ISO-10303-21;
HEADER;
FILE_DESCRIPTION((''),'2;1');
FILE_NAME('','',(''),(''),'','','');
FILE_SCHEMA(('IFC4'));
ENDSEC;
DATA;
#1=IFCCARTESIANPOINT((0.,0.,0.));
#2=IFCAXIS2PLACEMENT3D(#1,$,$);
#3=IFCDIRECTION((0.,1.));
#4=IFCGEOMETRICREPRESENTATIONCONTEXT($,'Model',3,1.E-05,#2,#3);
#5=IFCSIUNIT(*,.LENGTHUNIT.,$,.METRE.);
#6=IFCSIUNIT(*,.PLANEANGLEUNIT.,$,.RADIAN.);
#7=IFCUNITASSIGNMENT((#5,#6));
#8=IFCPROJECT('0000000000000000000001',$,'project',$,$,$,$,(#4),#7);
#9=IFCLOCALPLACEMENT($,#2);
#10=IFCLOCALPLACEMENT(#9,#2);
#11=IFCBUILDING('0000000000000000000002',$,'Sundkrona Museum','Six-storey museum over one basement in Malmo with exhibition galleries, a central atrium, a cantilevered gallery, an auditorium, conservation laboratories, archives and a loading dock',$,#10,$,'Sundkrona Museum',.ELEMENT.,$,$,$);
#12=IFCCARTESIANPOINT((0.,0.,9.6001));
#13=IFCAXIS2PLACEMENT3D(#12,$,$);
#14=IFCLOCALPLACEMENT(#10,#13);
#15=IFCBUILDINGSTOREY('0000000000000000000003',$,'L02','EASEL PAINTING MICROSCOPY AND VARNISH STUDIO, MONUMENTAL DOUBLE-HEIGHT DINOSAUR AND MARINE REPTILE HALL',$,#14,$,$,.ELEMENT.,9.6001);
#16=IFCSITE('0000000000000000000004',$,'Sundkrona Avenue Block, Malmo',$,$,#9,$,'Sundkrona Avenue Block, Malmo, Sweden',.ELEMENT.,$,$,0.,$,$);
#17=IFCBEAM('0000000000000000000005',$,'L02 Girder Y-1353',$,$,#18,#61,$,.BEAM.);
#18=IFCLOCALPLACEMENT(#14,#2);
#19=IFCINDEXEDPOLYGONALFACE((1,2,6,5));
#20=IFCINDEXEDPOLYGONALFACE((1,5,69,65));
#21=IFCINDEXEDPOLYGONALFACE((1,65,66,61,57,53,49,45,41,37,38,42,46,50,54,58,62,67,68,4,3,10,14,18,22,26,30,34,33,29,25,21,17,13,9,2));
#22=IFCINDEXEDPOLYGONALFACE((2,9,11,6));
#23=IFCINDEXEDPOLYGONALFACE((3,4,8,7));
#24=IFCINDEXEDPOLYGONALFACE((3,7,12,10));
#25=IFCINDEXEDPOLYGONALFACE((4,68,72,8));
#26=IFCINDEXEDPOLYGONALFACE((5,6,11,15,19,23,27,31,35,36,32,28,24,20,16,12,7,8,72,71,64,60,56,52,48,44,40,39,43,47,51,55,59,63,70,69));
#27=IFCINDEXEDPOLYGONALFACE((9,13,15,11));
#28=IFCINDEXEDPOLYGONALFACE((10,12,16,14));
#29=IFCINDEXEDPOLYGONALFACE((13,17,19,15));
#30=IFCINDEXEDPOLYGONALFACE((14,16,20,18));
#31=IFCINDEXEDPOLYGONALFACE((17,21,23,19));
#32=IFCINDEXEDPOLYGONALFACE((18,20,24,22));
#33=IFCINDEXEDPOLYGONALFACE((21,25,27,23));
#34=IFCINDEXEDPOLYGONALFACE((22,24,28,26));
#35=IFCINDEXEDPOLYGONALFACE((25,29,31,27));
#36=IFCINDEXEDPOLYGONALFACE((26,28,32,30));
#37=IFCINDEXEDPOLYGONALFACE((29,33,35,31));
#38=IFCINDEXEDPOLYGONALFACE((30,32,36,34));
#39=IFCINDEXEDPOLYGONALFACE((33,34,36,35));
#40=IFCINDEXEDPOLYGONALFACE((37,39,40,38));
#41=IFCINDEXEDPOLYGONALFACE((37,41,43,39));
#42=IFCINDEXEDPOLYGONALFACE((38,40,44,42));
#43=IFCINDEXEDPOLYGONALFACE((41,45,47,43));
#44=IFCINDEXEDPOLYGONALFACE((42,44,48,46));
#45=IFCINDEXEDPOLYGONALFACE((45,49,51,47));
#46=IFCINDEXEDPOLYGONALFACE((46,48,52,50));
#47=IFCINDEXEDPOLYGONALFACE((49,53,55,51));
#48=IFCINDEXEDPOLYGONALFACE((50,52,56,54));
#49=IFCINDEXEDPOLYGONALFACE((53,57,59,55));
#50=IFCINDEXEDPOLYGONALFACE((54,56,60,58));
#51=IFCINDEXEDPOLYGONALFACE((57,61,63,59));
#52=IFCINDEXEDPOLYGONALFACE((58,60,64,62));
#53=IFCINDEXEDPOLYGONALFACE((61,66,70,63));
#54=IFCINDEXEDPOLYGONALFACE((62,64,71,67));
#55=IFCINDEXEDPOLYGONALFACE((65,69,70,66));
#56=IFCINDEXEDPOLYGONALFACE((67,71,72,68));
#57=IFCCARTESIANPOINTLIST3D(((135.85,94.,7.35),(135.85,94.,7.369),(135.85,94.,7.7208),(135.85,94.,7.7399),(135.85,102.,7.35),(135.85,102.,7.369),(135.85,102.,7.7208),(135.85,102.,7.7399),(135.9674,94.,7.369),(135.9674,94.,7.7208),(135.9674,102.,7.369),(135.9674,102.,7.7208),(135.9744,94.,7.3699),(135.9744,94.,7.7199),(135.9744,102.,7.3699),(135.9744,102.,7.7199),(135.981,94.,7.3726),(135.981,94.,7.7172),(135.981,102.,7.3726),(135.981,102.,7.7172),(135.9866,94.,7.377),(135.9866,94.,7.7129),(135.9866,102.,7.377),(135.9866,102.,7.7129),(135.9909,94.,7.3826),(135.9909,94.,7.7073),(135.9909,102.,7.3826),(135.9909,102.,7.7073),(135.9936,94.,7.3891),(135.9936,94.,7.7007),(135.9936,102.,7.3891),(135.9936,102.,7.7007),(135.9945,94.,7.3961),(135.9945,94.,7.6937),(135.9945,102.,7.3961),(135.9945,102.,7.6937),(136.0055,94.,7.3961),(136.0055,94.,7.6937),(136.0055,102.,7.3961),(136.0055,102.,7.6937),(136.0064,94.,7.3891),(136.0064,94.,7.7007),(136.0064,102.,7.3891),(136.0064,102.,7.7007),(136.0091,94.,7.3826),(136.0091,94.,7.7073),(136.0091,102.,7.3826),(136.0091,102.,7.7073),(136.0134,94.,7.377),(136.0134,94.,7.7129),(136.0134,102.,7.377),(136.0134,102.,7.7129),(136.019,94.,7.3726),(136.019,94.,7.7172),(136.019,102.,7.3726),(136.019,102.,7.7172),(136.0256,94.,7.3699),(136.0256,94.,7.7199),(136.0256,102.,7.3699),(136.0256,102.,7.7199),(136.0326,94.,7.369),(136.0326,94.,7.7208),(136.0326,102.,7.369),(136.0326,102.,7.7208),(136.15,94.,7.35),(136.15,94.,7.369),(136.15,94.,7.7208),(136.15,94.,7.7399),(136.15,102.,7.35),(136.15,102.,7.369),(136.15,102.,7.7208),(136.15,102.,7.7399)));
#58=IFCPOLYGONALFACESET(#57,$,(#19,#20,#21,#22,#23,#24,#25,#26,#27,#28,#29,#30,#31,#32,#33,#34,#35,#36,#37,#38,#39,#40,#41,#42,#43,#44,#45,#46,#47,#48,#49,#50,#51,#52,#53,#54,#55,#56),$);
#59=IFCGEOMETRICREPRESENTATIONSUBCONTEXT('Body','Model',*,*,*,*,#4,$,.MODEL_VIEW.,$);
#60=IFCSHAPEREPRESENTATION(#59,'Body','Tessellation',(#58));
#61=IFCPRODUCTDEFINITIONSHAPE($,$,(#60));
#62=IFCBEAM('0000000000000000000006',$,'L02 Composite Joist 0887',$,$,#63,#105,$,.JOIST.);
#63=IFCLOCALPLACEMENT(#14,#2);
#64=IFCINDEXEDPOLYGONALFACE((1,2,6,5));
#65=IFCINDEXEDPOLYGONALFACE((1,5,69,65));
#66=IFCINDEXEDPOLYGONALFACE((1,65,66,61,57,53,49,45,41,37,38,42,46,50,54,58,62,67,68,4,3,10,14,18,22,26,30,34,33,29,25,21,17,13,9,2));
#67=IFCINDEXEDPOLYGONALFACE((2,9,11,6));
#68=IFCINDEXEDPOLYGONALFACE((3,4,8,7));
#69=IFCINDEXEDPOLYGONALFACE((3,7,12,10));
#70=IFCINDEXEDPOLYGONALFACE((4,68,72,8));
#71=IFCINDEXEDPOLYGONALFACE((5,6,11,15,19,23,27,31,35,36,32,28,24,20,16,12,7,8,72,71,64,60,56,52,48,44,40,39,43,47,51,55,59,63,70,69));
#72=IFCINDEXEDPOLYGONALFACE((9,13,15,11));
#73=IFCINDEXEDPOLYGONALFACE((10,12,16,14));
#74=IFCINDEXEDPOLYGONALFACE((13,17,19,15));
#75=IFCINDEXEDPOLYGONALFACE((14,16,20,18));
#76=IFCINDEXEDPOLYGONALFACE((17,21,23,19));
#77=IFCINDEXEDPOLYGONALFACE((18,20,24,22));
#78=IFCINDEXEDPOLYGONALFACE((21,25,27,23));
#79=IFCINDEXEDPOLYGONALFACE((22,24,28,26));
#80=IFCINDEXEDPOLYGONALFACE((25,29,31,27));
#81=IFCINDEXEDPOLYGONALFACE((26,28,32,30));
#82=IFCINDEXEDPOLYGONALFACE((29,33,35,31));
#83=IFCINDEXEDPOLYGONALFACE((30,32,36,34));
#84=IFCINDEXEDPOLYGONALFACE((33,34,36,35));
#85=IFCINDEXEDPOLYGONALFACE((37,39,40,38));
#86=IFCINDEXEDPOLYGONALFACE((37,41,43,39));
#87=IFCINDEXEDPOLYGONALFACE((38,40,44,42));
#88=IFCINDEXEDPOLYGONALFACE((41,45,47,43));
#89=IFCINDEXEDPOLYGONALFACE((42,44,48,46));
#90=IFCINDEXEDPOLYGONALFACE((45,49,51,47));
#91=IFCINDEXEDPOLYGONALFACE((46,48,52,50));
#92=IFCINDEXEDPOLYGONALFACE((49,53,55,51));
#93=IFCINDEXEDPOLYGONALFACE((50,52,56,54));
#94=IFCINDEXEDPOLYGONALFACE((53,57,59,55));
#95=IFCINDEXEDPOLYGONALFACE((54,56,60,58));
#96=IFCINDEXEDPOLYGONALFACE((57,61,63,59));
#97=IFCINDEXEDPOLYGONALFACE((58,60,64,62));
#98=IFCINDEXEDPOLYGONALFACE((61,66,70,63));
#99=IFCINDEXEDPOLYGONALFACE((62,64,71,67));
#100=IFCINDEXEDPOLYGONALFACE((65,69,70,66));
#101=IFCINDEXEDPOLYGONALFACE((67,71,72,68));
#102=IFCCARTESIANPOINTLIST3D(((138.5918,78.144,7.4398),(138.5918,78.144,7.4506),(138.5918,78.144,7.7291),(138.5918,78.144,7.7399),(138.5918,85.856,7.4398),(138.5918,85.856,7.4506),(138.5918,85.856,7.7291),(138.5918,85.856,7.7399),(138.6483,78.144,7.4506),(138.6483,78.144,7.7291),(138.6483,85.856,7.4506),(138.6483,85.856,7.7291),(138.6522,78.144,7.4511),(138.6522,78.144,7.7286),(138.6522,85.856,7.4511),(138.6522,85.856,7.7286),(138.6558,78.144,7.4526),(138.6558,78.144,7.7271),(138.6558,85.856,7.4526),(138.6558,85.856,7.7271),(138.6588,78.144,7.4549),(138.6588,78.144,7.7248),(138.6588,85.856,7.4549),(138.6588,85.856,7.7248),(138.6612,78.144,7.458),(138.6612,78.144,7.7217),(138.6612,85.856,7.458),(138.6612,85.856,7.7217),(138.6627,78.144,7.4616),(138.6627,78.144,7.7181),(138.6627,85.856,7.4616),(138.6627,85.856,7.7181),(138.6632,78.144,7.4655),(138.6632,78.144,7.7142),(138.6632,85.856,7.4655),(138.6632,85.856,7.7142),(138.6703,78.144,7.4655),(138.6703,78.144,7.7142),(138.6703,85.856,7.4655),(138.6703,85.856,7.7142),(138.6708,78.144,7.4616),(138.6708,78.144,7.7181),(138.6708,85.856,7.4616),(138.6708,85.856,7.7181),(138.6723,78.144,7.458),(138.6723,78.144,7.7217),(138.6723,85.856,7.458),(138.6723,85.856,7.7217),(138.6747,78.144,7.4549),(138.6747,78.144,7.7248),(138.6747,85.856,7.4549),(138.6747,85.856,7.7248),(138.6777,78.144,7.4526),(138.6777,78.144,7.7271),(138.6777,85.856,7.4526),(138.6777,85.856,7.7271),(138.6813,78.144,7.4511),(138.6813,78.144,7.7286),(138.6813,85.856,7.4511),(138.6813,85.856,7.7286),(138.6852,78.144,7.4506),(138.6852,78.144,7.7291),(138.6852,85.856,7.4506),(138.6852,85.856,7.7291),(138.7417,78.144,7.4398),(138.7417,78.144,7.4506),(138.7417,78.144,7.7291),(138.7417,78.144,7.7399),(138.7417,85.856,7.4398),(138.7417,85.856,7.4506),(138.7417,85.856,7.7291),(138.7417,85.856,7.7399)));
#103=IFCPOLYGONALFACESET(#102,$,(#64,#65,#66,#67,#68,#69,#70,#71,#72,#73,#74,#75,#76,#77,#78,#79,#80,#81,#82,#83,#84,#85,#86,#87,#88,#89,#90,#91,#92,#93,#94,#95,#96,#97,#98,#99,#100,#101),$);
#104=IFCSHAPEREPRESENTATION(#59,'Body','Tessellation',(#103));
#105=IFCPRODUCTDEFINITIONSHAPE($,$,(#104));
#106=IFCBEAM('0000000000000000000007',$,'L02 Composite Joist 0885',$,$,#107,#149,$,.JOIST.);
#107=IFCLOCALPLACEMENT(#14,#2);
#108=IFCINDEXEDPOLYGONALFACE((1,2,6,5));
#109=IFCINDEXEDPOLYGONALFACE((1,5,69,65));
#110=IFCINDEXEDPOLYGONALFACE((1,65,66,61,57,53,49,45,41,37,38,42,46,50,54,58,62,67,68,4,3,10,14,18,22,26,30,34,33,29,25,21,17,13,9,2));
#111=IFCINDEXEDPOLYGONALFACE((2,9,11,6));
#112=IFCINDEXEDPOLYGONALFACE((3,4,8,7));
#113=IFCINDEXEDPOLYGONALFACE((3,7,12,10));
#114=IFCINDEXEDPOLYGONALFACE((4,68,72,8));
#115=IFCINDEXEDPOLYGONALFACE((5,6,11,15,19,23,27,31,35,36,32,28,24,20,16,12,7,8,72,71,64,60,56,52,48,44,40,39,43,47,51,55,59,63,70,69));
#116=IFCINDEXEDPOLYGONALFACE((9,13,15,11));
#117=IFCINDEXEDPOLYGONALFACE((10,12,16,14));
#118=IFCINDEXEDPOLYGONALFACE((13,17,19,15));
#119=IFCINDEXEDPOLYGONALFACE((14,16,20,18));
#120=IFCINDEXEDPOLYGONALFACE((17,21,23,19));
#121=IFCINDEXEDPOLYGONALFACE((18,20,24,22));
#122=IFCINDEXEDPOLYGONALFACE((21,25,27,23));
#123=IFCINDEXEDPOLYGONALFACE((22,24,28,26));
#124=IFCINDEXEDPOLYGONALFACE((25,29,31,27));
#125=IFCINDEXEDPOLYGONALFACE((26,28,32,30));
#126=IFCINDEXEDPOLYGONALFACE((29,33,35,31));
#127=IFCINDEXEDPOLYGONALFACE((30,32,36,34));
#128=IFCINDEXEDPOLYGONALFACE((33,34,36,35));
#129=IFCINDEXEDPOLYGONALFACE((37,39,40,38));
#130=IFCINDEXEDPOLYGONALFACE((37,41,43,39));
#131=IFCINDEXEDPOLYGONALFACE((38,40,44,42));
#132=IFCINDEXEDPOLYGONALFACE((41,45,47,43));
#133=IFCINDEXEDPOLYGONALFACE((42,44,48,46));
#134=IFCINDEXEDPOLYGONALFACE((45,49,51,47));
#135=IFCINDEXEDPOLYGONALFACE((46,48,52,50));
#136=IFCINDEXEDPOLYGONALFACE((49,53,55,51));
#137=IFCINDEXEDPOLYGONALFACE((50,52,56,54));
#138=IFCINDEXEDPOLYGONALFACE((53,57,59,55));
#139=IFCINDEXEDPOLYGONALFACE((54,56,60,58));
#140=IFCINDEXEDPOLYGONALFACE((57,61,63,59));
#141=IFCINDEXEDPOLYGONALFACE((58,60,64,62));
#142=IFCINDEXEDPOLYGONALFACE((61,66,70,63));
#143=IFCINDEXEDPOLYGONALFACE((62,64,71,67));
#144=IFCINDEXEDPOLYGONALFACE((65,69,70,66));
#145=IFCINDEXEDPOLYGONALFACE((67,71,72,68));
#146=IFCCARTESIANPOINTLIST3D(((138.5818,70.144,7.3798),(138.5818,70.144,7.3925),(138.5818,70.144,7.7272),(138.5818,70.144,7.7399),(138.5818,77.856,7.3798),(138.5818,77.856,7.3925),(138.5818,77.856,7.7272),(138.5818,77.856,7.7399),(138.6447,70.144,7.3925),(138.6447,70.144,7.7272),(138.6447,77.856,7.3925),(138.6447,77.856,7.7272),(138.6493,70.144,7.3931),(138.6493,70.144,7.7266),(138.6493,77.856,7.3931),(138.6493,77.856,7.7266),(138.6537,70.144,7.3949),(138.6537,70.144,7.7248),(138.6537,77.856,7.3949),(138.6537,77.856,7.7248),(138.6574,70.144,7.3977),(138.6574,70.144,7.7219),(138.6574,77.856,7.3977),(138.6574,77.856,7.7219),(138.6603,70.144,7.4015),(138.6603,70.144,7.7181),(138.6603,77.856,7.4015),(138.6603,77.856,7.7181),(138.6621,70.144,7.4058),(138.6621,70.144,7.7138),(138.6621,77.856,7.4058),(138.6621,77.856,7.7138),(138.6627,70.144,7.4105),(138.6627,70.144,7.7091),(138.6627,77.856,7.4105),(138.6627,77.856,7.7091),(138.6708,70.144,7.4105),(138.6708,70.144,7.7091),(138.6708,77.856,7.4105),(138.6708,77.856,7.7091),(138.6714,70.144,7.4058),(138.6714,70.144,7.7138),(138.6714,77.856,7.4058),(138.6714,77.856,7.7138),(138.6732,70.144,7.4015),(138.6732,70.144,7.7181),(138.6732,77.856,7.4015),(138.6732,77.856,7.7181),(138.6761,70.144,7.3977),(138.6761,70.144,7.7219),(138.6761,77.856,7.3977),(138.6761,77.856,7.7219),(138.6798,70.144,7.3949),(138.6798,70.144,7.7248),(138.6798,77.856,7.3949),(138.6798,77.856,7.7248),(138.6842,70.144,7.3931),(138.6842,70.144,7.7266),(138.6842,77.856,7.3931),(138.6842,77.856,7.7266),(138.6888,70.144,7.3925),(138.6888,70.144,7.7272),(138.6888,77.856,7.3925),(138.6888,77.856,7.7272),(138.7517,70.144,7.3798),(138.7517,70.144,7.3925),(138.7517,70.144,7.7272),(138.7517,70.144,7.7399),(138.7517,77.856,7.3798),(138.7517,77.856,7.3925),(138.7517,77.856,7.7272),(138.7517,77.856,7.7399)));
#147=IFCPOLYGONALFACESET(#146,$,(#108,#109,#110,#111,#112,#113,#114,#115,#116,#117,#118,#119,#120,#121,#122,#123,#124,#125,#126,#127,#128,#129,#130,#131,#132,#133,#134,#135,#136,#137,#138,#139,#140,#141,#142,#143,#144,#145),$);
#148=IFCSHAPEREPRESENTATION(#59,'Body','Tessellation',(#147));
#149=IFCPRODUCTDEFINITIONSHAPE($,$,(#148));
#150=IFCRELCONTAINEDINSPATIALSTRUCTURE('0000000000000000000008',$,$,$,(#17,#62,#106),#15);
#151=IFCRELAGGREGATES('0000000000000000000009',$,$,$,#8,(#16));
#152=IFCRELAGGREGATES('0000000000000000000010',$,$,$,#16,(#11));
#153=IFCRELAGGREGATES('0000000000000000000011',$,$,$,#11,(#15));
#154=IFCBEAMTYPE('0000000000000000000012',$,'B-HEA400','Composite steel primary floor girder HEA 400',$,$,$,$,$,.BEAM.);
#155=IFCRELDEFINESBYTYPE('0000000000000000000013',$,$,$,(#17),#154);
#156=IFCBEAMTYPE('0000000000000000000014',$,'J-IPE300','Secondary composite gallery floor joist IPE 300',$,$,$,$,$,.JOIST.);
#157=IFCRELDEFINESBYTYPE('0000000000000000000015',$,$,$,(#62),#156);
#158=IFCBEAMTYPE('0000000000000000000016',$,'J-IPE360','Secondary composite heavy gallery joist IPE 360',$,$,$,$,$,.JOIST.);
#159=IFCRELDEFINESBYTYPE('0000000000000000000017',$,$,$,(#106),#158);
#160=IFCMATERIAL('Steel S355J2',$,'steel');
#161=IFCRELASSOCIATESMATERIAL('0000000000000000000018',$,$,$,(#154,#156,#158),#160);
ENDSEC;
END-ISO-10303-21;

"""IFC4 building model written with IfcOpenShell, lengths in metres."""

from ifc_helpers import new_model, si_unit, direction, frame, origin, origin_2d, place, context, subcontext, project, spatial, i_section, extrude, material, material_profile, profile_set, type_object, element, save


model = new_model("IFC4")

# Units and contexts
model_context = context("Model", 3, precision=1e-05, world=origin(), true_north=direction((0.0, 1.0)))
body_context = subcontext(model_context, "Body", "Model", "MODEL_VIEW")
ifc_project = project(units=[si_unit("LENGTHUNIT", "METRE"), si_unit("PLANEANGLEUNIT", "RADIAN")], contexts=[model_context])

# Site, building, storey
site_placement = place(None, origin())
site = spatial("IfcSite", under=ifc_project, at=site_placement, Name="Sundkrona Avenue Block, Malmo", LongName="Sundkrona Avenue Block, Malmo, Sweden", CompositionType="ELEMENT", RefElevation=0.0)
building_placement = place(site_placement, origin())
building = spatial("IfcBuilding", under=site, at=building_placement, Name="Sundkrona Museum", Description="Six-storey museum over one basement in Malmo with exhibition galleries, a central atrium, a cantilevered gallery, an auditorium, conservation laboratories, archives and a loading dock", LongName="Sundkrona Museum", CompositionType="ELEMENT")
storey_placement = place(building_placement, frame((0.0, 0.0, 9.6001)))
storey = spatial("IfcBuildingStorey", under=building, at=storey_placement, Name="L02", Description="EASEL PAINTING MICROSCOPY AND VARNISH STUDIO, MONUMENTAL DOUBLE-HEIGHT DINOSAUR AND MARINE REPTILE HALL", CompositionType="ELEMENT", Elevation=9.6001)

# Shared definitions
ifc_material_1 = material(Name="Steel S355J2", Category="steel")

# Beams
ifc_material_profile_1 = material_profile(ifc_material_1, i_section(OverallWidth=0.3, OverallDepth=0.3899, WebThickness=0.011, FlangeThickness=0.019, FilletRadius=0.0271, at=origin_2d()), Name="HEA 400")
ifc_profile_set_1 = profile_set([ifc_material_profile_1], Name="Steel S355J2")
beam_type_1 = type_object("IfcBeamType", Name="B-HEA400", Description="Composite steel primary floor girder HEA 400", PredefinedType="BEAM", material=ifc_profile_set_1)
for number, where, z_axis, x_axis, name in (
    (1, (136.0, 94.0, 7.5449), (0.0, 1.0, 0.0), (-1.0, 0.0, 0.0), "L02 Girder Y-1353"),
):
    element("IfcBeam", number, at=place(storey_placement, frame(where, z_axis=z_axis, x_axis=x_axis)), inside=storey, type_object=beam_type_1, Name=name, PredefinedType="BEAM", context=body_context, shape_type="SweptSolid", body=[
        extrude(i_section(OverallWidth=0.3, OverallDepth=0.3899, WebThickness=0.011, FlangeThickness=0.019, FilletRadius=0.0271, at=origin_2d()), origin(), (0.0, 0.0, 1.0), 8.0),
    ])
ifc_material_profile_2 = material_profile(ifc_material_1, i_section(OverallWidth=0.1499, OverallDepth=0.3, WebThickness=0.0071, FlangeThickness=0.0107, FilletRadius=0.0149, at=origin_2d()), Name="IPE 300")
ifc_profile_set_2 = profile_set([ifc_material_profile_2], Name="Steel S355J2")
beam_type_2 = type_object("IfcBeamType", Name="J-IPE300", Description="Secondary composite gallery floor joist IPE 300", PredefinedType="JOIST", material=ifc_profile_set_2)
beam_1_placement = place(storey_placement, frame((138.6667, 78.144, 7.5898), z_axis=(0.0, 1.0, 0.0), x_axis=(-1.0, 0.0, 0.0)))
element("IfcBeam", 2, at=beam_1_placement, inside=storey, type_object=beam_type_2, Name="L02 Composite Joist 0887", PredefinedType="JOIST", context=body_context, shape_type="SweptSolid", body=[
    extrude(i_section(OverallWidth=0.1499, OverallDepth=0.3, WebThickness=0.0071, FlangeThickness=0.0107, FilletRadius=0.0149, at=origin_2d()), origin(), (0.0, 0.0, 1.0), 7.7119),
])
ifc_material_profile_3 = material_profile(ifc_material_1, i_section(OverallWidth=0.1699, OverallDepth=0.3601, WebThickness=0.0081, FlangeThickness=0.0127, FilletRadius=0.0181, at=origin_2d()), Name="IPE 360")
ifc_profile_set_3 = profile_set([ifc_material_profile_3], Name="Steel S355J2")
beam_type_3 = type_object("IfcBeamType", Name="J-IPE360", Description="Secondary composite heavy gallery joist IPE 360", PredefinedType="JOIST", material=ifc_profile_set_3)
beam_2_placement = place(storey_placement, frame((138.6667, 70.144, 7.5598), z_axis=(0.0, 1.0, 0.0), x_axis=(-1.0, 0.0, 0.0)))
element("IfcBeam", 3, at=beam_2_placement, inside=storey, type_object=beam_type_3, Name="L02 Composite Joist 0885", PredefinedType="JOIST", context=body_context, shape_type="SweptSolid", body=[
    extrude(i_section(OverallWidth=0.1699, OverallDepth=0.3601, WebThickness=0.0081, FlangeThickness=0.0127, FilletRadius=0.0181, at=origin_2d()), origin(), (0.0, 0.0, 1.0), 7.7119),
])

save(model, "model.ifc")
